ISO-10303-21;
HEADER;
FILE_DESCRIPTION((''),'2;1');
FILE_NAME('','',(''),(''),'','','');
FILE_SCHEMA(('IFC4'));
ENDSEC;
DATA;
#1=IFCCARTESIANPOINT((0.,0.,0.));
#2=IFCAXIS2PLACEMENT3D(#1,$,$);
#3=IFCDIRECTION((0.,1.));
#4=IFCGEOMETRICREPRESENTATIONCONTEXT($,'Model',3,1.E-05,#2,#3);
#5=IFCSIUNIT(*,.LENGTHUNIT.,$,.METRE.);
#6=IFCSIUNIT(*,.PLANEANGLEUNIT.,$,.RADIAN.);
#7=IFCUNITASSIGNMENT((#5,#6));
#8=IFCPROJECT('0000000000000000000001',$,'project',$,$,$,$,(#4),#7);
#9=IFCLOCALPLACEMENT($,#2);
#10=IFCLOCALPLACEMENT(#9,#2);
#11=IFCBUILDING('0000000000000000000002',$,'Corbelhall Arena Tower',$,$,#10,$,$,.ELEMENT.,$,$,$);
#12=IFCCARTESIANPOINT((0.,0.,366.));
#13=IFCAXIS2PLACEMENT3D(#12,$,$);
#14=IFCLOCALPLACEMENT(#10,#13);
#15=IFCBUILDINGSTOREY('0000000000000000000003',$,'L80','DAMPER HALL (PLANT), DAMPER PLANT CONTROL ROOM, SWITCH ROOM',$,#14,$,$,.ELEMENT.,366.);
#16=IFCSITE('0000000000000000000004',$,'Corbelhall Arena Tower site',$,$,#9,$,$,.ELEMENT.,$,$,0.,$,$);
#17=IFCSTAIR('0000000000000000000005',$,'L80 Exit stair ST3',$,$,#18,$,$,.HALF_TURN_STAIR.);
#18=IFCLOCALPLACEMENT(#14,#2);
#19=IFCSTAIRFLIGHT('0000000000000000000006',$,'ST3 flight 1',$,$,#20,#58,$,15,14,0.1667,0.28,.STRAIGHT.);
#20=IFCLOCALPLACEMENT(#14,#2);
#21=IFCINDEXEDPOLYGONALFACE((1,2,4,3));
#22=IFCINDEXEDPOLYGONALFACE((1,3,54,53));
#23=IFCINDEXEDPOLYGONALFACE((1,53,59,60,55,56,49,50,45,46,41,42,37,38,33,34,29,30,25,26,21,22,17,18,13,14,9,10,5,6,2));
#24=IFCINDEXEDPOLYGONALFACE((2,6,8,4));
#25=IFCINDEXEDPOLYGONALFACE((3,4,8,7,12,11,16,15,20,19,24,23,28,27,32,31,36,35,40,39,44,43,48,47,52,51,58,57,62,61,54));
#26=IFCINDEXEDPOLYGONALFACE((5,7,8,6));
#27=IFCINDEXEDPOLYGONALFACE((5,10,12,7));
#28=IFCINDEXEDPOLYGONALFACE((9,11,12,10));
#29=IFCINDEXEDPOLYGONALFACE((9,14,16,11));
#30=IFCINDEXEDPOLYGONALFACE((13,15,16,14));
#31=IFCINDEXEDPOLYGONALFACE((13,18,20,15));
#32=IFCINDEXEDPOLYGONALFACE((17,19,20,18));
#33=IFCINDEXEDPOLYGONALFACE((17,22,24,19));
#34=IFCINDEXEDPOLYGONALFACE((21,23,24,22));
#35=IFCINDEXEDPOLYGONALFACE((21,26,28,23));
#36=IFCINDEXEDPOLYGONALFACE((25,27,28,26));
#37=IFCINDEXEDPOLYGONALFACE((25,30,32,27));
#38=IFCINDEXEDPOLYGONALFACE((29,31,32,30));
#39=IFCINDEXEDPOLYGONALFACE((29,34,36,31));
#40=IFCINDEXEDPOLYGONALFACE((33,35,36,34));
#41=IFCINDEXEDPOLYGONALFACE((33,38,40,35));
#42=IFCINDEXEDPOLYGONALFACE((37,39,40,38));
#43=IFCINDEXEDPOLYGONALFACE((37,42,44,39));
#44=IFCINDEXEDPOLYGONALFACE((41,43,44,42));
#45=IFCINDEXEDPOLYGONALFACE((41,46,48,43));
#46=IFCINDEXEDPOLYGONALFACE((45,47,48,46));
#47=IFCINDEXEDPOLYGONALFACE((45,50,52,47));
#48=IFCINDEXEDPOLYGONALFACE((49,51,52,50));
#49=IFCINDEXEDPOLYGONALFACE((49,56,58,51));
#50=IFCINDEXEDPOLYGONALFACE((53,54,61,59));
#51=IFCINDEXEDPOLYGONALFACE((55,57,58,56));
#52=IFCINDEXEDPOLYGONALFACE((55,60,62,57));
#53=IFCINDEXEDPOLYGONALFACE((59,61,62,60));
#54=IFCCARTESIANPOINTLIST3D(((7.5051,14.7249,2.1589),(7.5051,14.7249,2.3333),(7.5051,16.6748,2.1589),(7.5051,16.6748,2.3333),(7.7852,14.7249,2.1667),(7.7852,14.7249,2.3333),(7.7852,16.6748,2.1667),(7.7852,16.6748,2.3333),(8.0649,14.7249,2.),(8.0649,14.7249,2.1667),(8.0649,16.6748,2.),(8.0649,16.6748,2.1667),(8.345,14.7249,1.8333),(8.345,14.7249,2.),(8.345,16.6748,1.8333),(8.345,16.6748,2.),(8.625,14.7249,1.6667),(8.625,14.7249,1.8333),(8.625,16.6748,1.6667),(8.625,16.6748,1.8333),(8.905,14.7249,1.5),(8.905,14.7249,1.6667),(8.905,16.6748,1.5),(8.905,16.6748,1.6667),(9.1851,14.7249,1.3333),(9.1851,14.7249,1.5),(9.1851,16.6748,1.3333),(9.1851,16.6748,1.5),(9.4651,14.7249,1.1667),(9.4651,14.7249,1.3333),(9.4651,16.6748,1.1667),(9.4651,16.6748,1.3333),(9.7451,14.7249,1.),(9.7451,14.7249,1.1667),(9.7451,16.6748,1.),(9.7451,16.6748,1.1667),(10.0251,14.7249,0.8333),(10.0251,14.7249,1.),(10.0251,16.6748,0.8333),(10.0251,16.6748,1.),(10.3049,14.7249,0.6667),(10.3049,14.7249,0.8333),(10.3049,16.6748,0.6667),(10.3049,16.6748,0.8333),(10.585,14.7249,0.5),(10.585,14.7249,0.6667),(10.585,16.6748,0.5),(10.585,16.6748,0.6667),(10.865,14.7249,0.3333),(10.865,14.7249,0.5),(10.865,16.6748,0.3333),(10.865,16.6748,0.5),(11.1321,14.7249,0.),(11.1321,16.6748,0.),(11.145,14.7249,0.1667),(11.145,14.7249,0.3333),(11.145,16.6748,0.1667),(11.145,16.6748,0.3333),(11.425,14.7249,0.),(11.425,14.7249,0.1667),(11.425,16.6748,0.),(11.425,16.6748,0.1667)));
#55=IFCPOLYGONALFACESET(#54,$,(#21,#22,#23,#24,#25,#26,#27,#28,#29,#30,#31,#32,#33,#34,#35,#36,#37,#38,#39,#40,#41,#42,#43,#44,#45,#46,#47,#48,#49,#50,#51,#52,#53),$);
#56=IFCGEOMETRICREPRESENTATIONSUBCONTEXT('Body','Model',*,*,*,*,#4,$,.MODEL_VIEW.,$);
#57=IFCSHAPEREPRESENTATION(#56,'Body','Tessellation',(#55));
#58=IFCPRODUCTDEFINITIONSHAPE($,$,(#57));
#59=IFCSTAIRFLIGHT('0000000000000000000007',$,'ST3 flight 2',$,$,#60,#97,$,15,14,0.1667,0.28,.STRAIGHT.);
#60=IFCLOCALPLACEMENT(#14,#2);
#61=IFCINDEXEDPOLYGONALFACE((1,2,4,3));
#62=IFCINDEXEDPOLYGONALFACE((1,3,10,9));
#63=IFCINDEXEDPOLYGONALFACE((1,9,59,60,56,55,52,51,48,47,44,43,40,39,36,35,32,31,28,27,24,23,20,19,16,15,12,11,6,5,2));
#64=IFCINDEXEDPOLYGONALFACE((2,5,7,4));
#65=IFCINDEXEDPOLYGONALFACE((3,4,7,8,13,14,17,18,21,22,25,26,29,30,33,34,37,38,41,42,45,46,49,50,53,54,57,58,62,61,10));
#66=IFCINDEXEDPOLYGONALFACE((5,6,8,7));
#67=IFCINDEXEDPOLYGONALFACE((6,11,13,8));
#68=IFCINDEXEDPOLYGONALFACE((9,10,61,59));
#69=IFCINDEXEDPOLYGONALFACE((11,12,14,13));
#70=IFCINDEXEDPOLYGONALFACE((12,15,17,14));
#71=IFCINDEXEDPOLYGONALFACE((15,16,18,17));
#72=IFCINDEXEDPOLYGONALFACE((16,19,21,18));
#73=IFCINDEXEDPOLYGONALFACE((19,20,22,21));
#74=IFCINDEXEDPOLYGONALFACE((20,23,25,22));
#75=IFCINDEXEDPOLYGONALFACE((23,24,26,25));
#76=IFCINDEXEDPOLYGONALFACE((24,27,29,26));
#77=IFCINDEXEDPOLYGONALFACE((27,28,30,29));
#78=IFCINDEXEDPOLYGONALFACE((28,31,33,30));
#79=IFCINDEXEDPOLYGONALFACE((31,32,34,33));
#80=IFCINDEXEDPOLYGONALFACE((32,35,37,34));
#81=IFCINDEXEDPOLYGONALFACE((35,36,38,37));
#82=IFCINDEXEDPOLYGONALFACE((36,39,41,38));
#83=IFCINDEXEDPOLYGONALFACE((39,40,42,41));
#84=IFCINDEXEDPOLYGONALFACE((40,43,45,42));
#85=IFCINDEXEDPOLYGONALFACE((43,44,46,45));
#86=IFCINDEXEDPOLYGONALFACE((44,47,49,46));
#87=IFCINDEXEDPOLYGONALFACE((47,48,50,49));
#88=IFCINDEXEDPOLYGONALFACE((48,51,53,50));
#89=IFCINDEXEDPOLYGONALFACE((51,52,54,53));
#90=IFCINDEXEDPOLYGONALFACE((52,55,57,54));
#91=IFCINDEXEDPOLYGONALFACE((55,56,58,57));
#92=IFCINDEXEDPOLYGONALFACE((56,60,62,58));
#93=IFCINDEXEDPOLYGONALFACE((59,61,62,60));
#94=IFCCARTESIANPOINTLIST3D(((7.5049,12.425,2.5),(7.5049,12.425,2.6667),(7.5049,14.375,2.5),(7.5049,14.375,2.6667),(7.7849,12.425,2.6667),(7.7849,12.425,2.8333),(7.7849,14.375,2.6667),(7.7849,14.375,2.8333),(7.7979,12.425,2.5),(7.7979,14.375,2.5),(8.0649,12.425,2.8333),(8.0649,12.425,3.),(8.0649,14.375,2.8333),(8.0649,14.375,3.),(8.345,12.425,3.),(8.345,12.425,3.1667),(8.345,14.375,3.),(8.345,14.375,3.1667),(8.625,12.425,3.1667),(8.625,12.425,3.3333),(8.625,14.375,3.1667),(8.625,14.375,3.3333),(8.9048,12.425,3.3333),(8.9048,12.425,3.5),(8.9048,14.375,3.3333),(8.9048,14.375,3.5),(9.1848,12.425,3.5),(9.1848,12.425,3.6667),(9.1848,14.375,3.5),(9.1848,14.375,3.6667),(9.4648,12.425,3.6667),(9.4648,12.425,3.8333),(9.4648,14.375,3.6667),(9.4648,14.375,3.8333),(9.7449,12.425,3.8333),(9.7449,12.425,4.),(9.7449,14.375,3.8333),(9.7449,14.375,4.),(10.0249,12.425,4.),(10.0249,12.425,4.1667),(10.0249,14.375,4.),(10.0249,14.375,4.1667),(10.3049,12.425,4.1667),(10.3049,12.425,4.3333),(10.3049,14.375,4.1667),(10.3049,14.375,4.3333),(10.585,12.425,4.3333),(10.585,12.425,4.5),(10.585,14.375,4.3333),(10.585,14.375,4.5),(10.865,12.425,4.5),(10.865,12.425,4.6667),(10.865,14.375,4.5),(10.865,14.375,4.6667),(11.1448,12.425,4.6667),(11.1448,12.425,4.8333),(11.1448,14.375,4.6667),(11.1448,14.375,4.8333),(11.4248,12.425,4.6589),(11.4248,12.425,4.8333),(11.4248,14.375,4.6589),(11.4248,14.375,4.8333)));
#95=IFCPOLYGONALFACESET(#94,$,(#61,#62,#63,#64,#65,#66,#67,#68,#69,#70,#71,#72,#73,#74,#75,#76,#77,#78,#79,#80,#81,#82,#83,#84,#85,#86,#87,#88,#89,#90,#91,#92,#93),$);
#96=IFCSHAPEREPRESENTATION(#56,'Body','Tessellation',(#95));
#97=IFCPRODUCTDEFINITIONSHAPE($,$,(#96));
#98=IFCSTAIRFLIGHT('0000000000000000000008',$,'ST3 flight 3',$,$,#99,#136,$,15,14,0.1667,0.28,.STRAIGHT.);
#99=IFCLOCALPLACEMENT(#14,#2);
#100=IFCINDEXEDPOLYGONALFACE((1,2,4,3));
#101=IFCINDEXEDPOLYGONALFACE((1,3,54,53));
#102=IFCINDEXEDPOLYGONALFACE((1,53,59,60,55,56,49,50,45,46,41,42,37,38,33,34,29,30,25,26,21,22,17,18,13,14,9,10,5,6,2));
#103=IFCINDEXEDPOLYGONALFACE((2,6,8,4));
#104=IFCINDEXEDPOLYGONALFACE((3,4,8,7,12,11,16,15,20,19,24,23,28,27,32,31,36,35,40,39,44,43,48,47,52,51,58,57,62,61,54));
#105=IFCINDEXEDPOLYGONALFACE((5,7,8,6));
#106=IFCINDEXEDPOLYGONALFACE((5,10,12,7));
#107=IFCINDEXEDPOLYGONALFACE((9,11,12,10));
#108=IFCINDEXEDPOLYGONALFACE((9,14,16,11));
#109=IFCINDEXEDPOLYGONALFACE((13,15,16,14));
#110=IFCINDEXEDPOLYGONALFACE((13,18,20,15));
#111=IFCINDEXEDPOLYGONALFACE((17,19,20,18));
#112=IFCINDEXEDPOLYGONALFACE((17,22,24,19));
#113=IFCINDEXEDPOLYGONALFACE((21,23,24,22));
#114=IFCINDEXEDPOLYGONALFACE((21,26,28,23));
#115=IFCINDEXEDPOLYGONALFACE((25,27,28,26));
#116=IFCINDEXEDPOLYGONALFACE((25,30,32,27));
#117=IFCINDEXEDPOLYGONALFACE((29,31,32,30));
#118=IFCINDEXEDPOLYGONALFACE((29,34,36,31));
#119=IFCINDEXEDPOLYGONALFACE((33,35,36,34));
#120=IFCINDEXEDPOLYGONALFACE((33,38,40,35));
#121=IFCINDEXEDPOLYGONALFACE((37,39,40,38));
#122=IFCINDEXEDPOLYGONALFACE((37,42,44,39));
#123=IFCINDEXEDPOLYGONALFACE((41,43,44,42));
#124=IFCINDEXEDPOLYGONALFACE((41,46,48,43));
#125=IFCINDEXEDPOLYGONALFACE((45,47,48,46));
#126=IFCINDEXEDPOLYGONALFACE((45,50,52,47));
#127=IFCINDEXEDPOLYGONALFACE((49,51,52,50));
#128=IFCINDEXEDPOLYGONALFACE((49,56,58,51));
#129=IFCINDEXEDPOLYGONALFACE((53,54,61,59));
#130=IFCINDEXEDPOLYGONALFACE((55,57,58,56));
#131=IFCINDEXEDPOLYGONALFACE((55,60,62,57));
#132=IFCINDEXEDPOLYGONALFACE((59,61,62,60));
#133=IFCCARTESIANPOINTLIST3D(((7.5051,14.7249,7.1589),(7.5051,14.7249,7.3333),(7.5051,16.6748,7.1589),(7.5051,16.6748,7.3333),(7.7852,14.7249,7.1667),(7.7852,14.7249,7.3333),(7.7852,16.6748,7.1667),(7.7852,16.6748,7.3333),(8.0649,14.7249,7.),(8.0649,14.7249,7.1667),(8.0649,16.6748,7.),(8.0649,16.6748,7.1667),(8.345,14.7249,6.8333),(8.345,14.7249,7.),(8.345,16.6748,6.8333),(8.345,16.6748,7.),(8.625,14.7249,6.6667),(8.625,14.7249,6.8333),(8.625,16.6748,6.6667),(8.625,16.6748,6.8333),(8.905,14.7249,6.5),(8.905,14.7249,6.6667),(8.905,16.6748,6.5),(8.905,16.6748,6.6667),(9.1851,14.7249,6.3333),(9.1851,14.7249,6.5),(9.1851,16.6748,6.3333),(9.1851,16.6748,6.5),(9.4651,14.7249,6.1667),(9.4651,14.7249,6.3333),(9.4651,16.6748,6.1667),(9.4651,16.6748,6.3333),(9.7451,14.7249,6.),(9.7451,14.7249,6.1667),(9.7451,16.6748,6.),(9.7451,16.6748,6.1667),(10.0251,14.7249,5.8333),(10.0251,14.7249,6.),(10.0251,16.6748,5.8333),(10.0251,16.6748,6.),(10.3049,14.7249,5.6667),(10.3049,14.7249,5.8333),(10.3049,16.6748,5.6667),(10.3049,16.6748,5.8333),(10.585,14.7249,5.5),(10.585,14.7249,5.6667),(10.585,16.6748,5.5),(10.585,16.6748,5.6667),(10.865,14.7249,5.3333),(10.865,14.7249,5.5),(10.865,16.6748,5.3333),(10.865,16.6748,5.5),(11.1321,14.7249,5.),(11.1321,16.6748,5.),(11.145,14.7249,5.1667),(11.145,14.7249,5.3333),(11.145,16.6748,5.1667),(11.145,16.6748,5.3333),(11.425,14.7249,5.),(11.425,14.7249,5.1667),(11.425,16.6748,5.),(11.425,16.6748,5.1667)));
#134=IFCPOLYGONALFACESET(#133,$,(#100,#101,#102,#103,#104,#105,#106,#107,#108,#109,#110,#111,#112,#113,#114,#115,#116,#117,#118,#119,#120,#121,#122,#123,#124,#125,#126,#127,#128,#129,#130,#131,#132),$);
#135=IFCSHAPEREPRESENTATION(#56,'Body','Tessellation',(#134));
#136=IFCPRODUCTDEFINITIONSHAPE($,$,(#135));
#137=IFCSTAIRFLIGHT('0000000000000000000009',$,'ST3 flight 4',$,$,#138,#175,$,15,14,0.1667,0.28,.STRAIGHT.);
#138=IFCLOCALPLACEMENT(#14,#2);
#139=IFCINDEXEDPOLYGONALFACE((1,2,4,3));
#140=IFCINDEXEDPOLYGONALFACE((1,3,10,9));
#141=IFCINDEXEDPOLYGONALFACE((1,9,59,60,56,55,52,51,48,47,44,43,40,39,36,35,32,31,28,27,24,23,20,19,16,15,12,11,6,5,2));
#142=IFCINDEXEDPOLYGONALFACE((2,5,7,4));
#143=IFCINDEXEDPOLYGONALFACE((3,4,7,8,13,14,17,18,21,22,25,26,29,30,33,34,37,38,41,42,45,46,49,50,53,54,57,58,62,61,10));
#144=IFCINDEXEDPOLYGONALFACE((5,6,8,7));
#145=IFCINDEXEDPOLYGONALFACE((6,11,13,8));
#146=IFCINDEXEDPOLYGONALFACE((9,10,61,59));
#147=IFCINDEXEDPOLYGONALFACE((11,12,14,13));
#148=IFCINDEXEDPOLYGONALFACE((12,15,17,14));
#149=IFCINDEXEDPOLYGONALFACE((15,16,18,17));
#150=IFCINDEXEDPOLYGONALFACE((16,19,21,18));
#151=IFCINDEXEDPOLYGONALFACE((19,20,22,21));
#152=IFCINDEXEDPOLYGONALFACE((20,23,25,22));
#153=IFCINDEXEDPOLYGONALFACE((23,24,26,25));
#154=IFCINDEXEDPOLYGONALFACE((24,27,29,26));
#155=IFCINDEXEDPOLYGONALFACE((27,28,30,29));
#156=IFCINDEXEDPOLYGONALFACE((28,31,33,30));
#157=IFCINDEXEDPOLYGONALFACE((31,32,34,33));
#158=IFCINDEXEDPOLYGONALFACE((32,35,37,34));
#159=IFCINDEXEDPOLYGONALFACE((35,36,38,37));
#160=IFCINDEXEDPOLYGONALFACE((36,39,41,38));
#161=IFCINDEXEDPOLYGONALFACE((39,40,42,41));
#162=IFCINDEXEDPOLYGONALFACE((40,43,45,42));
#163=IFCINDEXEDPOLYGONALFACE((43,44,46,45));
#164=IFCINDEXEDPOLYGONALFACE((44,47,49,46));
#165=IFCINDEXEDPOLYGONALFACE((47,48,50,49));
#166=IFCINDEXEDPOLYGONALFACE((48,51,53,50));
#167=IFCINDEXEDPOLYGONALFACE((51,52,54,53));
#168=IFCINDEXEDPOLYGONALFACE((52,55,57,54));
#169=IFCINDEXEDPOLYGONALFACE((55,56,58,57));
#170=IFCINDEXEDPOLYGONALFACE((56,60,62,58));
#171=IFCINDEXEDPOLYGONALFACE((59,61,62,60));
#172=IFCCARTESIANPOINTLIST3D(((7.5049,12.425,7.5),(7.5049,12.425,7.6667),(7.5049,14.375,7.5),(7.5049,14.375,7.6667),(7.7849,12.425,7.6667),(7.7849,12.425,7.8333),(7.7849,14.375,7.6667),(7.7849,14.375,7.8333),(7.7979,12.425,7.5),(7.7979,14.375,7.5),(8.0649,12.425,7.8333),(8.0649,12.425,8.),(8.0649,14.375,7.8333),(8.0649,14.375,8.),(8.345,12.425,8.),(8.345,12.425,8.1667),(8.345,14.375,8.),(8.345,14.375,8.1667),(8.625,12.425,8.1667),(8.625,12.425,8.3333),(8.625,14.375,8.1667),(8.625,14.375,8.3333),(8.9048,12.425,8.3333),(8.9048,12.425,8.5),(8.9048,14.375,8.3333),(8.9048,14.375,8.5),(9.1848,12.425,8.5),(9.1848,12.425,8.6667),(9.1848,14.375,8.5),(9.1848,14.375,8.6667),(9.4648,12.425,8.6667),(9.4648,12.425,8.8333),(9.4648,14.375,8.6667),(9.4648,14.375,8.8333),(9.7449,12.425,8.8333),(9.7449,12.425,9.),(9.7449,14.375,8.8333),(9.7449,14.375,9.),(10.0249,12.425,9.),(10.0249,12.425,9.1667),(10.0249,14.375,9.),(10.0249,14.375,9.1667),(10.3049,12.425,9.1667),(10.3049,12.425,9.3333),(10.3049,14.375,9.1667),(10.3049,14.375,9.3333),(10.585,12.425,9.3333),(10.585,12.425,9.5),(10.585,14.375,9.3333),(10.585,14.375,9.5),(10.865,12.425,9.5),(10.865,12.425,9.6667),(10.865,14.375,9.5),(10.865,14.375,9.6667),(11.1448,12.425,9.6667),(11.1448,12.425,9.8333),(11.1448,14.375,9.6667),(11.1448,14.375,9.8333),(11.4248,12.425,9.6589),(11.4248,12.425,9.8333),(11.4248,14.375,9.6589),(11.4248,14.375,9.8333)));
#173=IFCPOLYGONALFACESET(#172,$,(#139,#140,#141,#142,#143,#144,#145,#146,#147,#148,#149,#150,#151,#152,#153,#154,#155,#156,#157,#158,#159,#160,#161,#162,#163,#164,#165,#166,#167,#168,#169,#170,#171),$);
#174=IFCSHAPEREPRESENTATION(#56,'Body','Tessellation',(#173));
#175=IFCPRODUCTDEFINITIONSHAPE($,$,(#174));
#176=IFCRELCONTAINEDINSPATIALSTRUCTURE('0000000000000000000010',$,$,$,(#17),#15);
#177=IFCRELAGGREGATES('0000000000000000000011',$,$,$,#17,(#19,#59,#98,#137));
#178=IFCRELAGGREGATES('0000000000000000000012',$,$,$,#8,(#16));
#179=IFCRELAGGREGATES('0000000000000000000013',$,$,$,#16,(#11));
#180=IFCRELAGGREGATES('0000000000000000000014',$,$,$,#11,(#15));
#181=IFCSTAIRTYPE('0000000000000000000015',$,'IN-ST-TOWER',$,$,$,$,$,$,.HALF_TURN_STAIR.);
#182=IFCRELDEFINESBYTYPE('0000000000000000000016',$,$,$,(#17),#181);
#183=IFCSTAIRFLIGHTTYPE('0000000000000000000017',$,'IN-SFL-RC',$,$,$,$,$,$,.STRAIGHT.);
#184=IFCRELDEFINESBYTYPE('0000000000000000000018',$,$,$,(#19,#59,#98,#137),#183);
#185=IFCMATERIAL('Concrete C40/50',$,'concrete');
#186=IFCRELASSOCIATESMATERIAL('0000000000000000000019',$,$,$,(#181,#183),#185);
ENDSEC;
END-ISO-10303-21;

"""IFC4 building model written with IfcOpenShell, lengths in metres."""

from ifc_helpers import new_model, si_unit, direction, frame, origin, place, context, subcontext, project, spatial, polyline, outline, extrude, material, type_object, element, aggregate, save


model = new_model("IFC4")

# Units and contexts
model_context = context("Model", 3, precision=1e-05, world=origin(), true_north=direction((0.0, 1.0)))
body_context = subcontext(model_context, "Body", "Model", "MODEL_VIEW")
ifc_project = project(units=[si_unit("LENGTHUNIT", "METRE"), si_unit("PLANEANGLEUNIT", "RADIAN")], contexts=[model_context])

# Site, building, storey
site_placement = place(None, origin())
site = spatial("IfcSite", under=ifc_project, at=site_placement, Name="Corbelhall Arena Tower site", CompositionType="ELEMENT", RefElevation=0.0)
building_placement = place(site_placement, origin())
building = spatial("IfcBuilding", under=site, at=building_placement, Name="Corbelhall Arena Tower", CompositionType="ELEMENT")
storey_placement = place(building_placement, frame((0.0, 0.0, 366.0)))
storey = spatial("IfcBuildingStorey", under=building, at=storey_placement, Name="L80", Description="DAMPER HALL (PLANT), DAMPER PLANT CONTROL ROOM, SWITCH ROOM", CompositionType="ELEMENT", Elevation=366.0)

# Shared definitions
ifc_material_1 = material(Name="Concrete C40/50", Category="concrete")

# Stair, stair flights
stair_type = type_object("IfcStairType", Name="IN-ST-TOWER", PredefinedType="HALF_TURN_STAIR", material=ifc_material_1)
stair_placement = place(storey_placement, origin())
stair = element("IfcStair", 1, at=stair_placement, inside=storey, type_object=stair_type, Name="L80 Exit stair ST3", PredefinedType="HALF_TURN_STAIR")
stair_flight_type = type_object("IfcStairFlightType", Name="IN-SFL-RC", PredefinedType="STRAIGHT", material=ifc_material_1)
stair_flight_1_placement = place(storey_placement, frame((11.425, 15.7, 0.0), z_axis=(0.0, 0.0, 1.0), x_axis=(-1.0, 0.0, 0.0)))
stair_flight_1 = element("IfcStairFlight", 2, at=stair_flight_1_placement, type_object=stair_flight_type, Name="ST3 flight 1", NumberOfRisers=15, NumberOfTreads=14, PredefinedType="STRAIGHT", RiserHeight=0.1667, TreadLength=0.28, context=body_context, shape_type="SweptSolid", body=[
    extrude(outline(polyline([(0.0, 0.0), (0.0, 0.1667), (0.28, 0.1667), (0.28, 0.3333), (0.5601, 0.3333), (0.5601, 0.5), (0.8401, 0.5), (0.8401, 0.6667), (1.1201, 0.6667), (1.1201, 0.8333), (1.3999, 0.8333), (1.3999, 1.0), (1.6799, 1.0), (1.6799, 1.1667), (1.96, 1.1667), (1.96, 1.3333), (2.24, 1.3333), (2.24, 1.5), (2.52, 1.5), (2.52, 1.6667), (2.8, 1.6667), (2.8, 1.8333), (3.0801, 1.8333), (3.0801, 2.0), (3.3601, 2.0), (3.3601, 2.1667), (3.6399, 2.1667), (3.6399, 2.3333), (3.9199, 2.3333), (3.9199, 2.5), (3.9199, 2.1589), (0.293, 0.0), (0.0, 0.0)])), frame((0.0, 0.9751, 0.0), z_axis=(0.0, -1.0, 0.0), x_axis=(1.0, 0.0, 0.0)), (0.0, 0.0, 1.0), 1.95),
])
stair_flight_2_placement = place(storey_placement, frame((7.5049, 13.3999, 2.5), z_axis=(0.0, 0.0, 1.0), x_axis=(1.0, 0.0, 0.0)))
stair_flight_2 = element("IfcStairFlight", 3, at=stair_flight_2_placement, type_object=stair_flight_type, Name="ST3 flight 2", NumberOfRisers=15, NumberOfTreads=14, PredefinedType="STRAIGHT", RiserHeight=0.1667, TreadLength=0.28, context=body_context, shape_type="SweptSolid", body=[
    extrude(outline(polyline([(0.0, 0.0), (0.0, 0.1667), (0.28, 0.1667), (0.28, 0.3333), (0.5601, 0.3333), (0.5601, 0.5), (0.8401, 0.5), (0.8401, 0.6667), (1.1201, 0.6667), (1.1201, 0.8333), (1.3999, 0.8333), (1.3999, 1.0), (1.6799, 1.0), (1.6799, 1.1667), (1.96, 1.1667), (1.96, 1.3333), (2.24, 1.3333), (2.24, 1.5), (2.52, 1.5), (2.52, 1.6667), (2.8, 1.6667), (2.8, 1.8333), (3.0801, 1.8333), (3.0801, 2.0), (3.3601, 2.0), (3.3601, 2.1667), (3.6399, 2.1667), (3.6399, 2.3333), (3.9199, 2.3333), (3.9199, 2.5), (3.9199, 2.1589), (0.293, 0.0), (0.0, 0.0)])), frame((0.0, 0.9751, 0.0), z_axis=(0.0, -1.0, 0.0), x_axis=(1.0, 0.0, 0.0)), (0.0, 0.0, 1.0), 1.95),
])
stair_flight_3_placement = place(storey_placement, frame((11.425, 15.7, 5.0), z_axis=(0.0, 0.0, 1.0), x_axis=(-1.0, 0.0, 0.0)))
stair_flight_3 = element("IfcStairFlight", 4, at=stair_flight_3_placement, type_object=stair_flight_type, Name="ST3 flight 3", NumberOfRisers=15, NumberOfTreads=14, PredefinedType="STRAIGHT", RiserHeight=0.1667, TreadLength=0.28, context=body_context, shape_type="SweptSolid", body=[
    extrude(outline(polyline([(0.0, 0.0), (0.0, 0.1667), (0.28, 0.1667), (0.28, 0.3333), (0.5601, 0.3333), (0.5601, 0.5), (0.8401, 0.5), (0.8401, 0.6667), (1.1201, 0.6667), (1.1201, 0.8333), (1.3999, 0.8333), (1.3999, 1.0), (1.6799, 1.0), (1.6799, 1.1667), (1.96, 1.1667), (1.96, 1.3333), (2.24, 1.3333), (2.24, 1.5), (2.52, 1.5), (2.52, 1.6667), (2.8, 1.6667), (2.8, 1.8333), (3.0801, 1.8333), (3.0801, 2.0), (3.3601, 2.0), (3.3601, 2.1667), (3.6399, 2.1667), (3.6399, 2.3333), (3.9199, 2.3333), (3.9199, 2.5), (3.9199, 2.1589), (0.293, 0.0), (0.0, 0.0)])), frame((0.0, 0.9751, 0.0), z_axis=(0.0, -1.0, 0.0), x_axis=(1.0, 0.0, 0.0)), (0.0, 0.0, 1.0), 1.95),
])
stair_flight_4_placement = place(storey_placement, frame((7.5049, 13.3999, 7.5), z_axis=(0.0, 0.0, 1.0), x_axis=(1.0, 0.0, 0.0)))
stair_flight_4 = element("IfcStairFlight", 5, at=stair_flight_4_placement, type_object=stair_flight_type, Name="ST3 flight 4", NumberOfRisers=15, NumberOfTreads=14, PredefinedType="STRAIGHT", RiserHeight=0.1667, TreadLength=0.28, context=body_context, shape_type="SweptSolid", body=[
    extrude(outline(polyline([(0.0, 0.0), (0.0, 0.1667), (0.28, 0.1667), (0.28, 0.3333), (0.5601, 0.3333), (0.5601, 0.5), (0.8401, 0.5), (0.8401, 0.6667), (1.1201, 0.6667), (1.1201, 0.8333), (1.3999, 0.8333), (1.3999, 1.0), (1.6799, 1.0), (1.6799, 1.1667), (1.96, 1.1667), (1.96, 1.3333), (2.24, 1.3333), (2.24, 1.5), (2.52, 1.5), (2.52, 1.6667), (2.8, 1.6667), (2.8, 1.8333), (3.0801, 1.8333), (3.0801, 2.0), (3.3601, 2.0), (3.3601, 2.1667), (3.6399, 2.1667), (3.6399, 2.3333), (3.9199, 2.3333), (3.9199, 2.5), (3.9199, 2.1589), (0.293, 0.0), (0.0, 0.0)])), frame((0.0, 0.9751, 0.0), z_axis=(0.0, -1.0, 0.0), x_axis=(1.0, 0.0, 0.0)), (0.0, 0.0, 1.0), 1.95),
])
aggregate(stair, [stair_flight_1, stair_flight_2, stair_flight_3, stair_flight_4])

save(model, "model.ifc")
